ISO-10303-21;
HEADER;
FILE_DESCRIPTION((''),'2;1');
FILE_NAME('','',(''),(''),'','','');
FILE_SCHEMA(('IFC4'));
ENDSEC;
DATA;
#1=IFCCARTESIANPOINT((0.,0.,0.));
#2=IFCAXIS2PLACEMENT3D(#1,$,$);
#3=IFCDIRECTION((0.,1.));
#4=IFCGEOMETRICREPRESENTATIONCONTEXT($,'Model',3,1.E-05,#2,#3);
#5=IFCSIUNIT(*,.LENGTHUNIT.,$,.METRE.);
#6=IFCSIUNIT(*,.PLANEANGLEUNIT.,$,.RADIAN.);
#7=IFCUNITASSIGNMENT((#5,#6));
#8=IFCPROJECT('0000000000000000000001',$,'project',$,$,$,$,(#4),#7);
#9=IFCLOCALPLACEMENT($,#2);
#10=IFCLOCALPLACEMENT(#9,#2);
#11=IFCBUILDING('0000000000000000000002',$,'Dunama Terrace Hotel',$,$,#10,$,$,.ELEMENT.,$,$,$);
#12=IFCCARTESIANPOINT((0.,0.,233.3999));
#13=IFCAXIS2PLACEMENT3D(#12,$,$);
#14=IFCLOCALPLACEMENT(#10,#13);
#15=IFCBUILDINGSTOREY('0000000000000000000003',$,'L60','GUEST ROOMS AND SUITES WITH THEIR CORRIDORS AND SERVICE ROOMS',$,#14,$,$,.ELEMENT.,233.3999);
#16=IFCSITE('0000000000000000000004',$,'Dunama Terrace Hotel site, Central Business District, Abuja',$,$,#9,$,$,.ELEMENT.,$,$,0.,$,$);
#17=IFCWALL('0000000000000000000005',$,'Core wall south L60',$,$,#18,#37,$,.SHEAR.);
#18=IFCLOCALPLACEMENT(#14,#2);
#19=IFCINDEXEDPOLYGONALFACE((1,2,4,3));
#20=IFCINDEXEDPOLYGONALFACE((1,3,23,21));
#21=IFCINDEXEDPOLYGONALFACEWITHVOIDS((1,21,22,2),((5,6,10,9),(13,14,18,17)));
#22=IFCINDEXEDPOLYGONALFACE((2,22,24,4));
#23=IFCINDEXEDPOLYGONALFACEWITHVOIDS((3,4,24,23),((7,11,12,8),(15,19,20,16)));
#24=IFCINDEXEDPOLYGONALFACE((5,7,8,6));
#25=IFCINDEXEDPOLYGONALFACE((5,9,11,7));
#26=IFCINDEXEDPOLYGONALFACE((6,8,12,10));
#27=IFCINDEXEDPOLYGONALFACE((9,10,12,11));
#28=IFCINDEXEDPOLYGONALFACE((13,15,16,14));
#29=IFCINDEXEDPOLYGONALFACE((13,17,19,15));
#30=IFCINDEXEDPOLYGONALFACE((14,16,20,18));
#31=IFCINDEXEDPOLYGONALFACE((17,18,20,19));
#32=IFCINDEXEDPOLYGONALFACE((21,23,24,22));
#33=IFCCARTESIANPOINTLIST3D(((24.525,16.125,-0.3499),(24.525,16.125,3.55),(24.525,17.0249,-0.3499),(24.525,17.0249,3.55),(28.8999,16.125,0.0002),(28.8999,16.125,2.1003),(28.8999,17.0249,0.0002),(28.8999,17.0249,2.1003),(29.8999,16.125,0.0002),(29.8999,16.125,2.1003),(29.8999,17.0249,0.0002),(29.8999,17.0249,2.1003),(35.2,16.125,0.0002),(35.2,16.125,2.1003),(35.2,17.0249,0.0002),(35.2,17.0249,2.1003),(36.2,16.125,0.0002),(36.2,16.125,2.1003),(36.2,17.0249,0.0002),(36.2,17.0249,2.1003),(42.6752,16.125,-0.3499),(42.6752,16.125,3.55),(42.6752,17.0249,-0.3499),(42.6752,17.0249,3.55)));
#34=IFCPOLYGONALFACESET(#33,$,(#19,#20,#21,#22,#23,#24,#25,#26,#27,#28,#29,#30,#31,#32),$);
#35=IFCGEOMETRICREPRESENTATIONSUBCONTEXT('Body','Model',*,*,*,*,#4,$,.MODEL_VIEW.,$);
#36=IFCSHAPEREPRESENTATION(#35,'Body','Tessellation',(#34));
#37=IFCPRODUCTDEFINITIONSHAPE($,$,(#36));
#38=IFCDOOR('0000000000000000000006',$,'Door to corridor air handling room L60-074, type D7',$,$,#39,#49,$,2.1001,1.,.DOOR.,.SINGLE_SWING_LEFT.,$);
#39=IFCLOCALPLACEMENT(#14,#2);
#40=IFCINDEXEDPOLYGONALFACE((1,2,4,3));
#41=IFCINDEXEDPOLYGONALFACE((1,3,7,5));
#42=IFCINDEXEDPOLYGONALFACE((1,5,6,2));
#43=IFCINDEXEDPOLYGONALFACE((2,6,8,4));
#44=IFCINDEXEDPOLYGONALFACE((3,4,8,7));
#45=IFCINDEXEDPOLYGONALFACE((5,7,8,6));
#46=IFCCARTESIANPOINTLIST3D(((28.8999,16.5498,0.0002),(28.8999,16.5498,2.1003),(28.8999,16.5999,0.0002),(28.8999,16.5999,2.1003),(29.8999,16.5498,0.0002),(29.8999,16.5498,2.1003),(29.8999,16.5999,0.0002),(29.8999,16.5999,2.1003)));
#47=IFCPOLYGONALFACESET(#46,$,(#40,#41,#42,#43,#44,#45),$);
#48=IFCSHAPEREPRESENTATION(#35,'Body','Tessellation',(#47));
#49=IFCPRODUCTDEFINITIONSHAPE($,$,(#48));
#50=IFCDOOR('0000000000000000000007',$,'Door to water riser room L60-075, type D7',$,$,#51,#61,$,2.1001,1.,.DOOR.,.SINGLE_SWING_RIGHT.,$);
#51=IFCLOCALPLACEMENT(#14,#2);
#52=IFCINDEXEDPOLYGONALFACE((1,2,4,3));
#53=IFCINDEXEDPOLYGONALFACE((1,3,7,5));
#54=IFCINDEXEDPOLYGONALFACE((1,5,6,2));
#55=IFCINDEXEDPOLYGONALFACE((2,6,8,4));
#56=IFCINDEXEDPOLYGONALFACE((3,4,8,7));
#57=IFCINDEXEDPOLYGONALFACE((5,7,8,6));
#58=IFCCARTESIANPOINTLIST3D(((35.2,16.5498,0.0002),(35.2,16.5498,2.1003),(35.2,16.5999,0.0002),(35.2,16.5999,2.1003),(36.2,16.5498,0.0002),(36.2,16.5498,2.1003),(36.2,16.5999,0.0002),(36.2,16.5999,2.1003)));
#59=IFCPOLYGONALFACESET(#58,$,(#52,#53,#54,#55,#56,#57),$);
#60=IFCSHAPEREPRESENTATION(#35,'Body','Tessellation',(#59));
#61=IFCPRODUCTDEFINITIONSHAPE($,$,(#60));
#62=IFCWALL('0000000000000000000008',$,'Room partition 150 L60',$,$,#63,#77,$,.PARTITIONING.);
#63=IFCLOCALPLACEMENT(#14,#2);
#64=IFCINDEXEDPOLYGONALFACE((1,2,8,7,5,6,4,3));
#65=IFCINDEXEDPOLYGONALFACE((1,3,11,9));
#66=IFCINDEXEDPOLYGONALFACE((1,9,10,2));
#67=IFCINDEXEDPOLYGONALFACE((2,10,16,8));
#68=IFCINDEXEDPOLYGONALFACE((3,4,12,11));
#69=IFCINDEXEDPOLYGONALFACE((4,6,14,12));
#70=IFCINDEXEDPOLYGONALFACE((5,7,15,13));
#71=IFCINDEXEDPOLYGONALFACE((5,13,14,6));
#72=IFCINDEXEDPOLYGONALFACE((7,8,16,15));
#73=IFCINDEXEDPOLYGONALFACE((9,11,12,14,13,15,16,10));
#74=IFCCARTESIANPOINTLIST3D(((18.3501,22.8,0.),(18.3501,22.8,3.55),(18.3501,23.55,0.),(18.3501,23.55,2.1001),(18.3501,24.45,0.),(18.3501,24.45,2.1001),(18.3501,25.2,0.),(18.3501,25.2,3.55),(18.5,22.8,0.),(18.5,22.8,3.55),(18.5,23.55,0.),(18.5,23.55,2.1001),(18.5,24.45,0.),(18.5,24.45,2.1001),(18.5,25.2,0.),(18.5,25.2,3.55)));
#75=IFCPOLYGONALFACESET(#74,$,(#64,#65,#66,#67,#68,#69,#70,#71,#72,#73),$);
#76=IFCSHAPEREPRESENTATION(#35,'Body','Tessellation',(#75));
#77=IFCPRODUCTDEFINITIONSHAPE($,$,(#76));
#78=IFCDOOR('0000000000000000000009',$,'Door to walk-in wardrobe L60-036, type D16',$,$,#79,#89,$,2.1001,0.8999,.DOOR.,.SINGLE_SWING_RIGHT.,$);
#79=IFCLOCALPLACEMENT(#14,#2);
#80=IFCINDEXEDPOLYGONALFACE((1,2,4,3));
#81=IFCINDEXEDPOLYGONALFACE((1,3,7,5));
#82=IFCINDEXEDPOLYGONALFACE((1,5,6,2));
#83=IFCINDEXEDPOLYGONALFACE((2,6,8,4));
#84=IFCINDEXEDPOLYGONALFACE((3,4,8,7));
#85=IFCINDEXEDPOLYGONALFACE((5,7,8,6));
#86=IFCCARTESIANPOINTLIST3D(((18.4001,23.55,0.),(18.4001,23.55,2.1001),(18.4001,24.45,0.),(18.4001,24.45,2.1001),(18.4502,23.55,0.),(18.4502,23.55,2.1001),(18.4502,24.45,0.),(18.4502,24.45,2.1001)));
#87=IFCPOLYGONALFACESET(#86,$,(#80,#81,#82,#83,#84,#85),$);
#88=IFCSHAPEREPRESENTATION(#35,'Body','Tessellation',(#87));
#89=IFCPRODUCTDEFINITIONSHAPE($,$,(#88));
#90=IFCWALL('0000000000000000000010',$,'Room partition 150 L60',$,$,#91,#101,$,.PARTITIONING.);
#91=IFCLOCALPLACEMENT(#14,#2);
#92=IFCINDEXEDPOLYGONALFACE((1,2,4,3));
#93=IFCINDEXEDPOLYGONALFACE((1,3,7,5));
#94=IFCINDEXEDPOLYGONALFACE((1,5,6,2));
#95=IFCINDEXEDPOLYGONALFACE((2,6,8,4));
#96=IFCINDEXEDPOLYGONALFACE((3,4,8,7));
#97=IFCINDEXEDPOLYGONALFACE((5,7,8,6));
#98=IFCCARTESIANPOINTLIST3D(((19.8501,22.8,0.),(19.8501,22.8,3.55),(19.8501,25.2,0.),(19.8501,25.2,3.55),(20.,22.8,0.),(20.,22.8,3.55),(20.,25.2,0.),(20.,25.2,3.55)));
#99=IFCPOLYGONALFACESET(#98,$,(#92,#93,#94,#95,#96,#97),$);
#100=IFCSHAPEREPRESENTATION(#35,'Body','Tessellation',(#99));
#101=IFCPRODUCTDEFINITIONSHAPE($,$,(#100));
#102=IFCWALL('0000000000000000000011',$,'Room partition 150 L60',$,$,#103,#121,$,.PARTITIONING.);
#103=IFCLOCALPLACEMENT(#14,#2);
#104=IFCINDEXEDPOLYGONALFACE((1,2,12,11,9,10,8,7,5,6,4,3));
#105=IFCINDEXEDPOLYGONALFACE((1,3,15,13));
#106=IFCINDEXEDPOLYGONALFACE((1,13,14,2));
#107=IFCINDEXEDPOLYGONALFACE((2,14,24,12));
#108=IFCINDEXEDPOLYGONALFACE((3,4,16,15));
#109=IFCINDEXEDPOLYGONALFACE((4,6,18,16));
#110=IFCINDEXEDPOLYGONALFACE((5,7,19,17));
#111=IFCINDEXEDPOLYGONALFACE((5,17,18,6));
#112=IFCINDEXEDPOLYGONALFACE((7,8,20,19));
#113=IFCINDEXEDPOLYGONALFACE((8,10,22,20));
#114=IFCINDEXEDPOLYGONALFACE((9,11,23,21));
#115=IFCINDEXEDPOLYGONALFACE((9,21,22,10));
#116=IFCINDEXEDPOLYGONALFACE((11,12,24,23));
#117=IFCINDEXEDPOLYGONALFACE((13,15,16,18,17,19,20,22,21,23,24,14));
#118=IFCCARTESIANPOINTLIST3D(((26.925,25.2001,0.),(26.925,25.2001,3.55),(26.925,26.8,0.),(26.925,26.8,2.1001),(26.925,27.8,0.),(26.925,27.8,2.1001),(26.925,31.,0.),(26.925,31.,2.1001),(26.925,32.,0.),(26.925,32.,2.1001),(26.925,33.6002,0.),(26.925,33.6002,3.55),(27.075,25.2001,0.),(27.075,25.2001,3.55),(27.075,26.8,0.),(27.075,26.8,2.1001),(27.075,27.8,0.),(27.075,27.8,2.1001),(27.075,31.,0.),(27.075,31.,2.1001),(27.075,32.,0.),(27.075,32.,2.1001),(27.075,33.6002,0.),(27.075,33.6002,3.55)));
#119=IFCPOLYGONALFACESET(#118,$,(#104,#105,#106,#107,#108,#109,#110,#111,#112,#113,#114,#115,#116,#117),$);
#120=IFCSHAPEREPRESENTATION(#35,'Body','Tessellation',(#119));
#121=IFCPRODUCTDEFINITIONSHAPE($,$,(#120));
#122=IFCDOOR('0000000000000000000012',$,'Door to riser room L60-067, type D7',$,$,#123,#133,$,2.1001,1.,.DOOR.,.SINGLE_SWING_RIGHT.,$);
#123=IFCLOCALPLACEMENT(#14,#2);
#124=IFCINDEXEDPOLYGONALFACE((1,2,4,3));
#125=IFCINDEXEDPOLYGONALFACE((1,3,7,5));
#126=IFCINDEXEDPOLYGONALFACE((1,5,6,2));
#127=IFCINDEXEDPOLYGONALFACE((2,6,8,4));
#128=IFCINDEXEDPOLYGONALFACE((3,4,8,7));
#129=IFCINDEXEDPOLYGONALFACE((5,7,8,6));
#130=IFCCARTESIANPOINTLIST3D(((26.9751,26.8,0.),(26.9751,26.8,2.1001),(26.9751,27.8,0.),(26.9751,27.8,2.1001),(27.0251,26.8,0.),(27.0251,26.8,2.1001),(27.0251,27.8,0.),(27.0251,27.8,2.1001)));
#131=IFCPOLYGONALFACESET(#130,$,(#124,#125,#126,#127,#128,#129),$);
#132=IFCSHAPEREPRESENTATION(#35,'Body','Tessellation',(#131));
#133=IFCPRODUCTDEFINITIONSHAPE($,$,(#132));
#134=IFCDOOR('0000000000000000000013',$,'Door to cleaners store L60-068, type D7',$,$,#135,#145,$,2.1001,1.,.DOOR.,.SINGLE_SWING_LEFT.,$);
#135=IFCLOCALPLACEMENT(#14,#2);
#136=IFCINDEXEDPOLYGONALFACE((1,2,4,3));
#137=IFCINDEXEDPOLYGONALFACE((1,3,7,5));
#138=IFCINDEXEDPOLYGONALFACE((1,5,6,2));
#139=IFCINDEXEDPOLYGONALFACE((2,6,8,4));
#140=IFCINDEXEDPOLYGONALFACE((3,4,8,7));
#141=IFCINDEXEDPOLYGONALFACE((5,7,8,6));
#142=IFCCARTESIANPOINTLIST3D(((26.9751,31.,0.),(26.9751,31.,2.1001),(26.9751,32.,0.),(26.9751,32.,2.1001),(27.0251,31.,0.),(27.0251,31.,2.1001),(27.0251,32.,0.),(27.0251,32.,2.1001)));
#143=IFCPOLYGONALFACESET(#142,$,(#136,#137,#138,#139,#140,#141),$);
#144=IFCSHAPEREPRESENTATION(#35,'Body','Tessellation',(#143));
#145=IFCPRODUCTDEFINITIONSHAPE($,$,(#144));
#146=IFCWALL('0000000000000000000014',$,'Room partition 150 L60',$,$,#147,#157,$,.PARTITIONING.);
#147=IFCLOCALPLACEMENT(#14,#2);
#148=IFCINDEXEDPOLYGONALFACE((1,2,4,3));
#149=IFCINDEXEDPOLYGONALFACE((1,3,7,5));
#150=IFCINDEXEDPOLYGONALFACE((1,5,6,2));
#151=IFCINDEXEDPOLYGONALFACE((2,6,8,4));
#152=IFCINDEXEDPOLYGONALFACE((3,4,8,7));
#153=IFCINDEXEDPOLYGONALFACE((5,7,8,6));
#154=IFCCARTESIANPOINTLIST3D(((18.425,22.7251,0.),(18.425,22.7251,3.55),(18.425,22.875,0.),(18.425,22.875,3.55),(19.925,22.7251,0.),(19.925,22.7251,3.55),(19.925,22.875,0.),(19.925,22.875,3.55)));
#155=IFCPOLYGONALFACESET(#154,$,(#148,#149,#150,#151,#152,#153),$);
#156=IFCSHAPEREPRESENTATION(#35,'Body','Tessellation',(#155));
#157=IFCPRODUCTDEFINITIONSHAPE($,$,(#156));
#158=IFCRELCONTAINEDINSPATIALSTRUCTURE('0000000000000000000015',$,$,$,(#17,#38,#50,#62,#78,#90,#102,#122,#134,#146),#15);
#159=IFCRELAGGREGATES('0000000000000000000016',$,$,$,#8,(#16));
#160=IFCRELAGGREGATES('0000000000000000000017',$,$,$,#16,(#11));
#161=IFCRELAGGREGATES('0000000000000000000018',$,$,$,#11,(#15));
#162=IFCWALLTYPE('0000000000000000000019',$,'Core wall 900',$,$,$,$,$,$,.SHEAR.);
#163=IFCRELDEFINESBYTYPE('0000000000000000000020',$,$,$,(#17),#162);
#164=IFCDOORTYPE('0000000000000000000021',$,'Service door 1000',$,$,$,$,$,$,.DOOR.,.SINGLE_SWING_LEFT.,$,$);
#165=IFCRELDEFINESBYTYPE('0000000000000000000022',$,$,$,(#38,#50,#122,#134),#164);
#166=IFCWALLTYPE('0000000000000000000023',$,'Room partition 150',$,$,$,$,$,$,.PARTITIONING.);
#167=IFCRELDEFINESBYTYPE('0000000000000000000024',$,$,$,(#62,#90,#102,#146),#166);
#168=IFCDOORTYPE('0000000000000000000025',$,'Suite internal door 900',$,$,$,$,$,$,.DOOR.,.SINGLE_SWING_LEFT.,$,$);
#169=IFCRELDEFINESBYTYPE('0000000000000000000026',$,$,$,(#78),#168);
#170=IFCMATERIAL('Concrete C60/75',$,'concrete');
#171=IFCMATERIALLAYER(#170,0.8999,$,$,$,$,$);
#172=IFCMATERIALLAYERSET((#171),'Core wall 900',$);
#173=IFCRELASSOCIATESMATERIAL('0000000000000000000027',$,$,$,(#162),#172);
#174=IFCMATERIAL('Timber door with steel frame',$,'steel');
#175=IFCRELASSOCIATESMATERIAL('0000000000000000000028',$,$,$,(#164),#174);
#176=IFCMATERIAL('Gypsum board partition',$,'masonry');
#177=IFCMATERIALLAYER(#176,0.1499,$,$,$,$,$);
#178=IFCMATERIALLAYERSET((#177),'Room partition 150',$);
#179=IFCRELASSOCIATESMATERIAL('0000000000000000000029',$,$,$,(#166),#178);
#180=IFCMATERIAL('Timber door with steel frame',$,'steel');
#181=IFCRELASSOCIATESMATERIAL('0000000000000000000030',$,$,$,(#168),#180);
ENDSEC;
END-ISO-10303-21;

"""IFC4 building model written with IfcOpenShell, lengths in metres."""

from ifc_helpers import new_model, si_unit, direction, frame, frame_2d, origin, place, context, subcontext, project, spatial, rectangle, extrude, material, layer, layer_set, type_object, element, fill, save


model = new_model("IFC4")

# Units and contexts
model_context = context("Model", 3, precision=1e-05, world=origin(), true_north=direction((0.0, 1.0)))
body_context = subcontext(model_context, "Body", "Model", "MODEL_VIEW")
ifc_project = project(units=[si_unit("LENGTHUNIT", "METRE"), si_unit("PLANEANGLEUNIT", "RADIAN")], contexts=[model_context])

# Site, building, storey
site_placement = place(None, origin())
site = spatial("IfcSite", under=ifc_project, at=site_placement, Name="Dunama Terrace Hotel site, Central Business District, Abuja", CompositionType="ELEMENT", RefElevation=0.0)
building_placement = place(site_placement, origin())
building = spatial("IfcBuilding", under=site, at=building_placement, Name="Dunama Terrace Hotel", CompositionType="ELEMENT")
storey_placement = place(building_placement, frame((0.0, 0.0, 233.3999)))
storey = spatial("IfcBuildingStorey", under=building, at=storey_placement, Name="L60", Description="GUEST ROOMS AND SUITES WITH THEIR CORRIDORS AND SERVICE ROOMS", CompositionType="ELEMENT", Elevation=233.3999)

# Wall, openings, doors
ifc_material_1 = material(Name="Concrete C60/75", Category="concrete")
ifc_layer_1 = layer(ifc_material_1, 0.8999)
ifc_layer_set_1 = layer_set([ifc_layer_1], Name="Core wall 900")
wall_type_1 = type_object("IfcWallType", Name="Core wall 900", PredefinedType="SHEAR", material=ifc_layer_set_1)
wall_1_placement = place(storey_placement, frame((24.5249, 16.575, -0.3499), z_axis=(0.0, 0.0, 1.0), x_axis=(1.0, 0.0, 0.0)))
wall_1 = element("IfcWall", 1, at=wall_1_placement, inside=storey, type_object=wall_type_1, Name="Core wall south L60", PredefinedType="SHEAR", context=body_context, shape_type="SweptSolid", body=[
    extrude(rectangle(XDim=18.1501, YDim=0.8999, at=frame_2d((9.0752, 0.0))), origin(), (0.0, 0.0, 1.0), 3.8999),
])
opening_1_placement = place(wall_1_placement, frame((4.375, 0.0, 0.3501)))
opening_1 = element("IfcOpeningElement", 2, at=opening_1_placement, cuts=wall_1, PredefinedType="OPENING", context=body_context, shape_type="SweptSolid", body=[
    extrude(rectangle(XDim=1.0, YDim=2.1001, at=frame_2d((0.5, 1.05))), frame((0.0, 0.46, 0.0), z_axis=(0.0, -1.0, 0.0), x_axis=(1.0, 0.0, 0.0)), (0.0, 0.0, 1.0), 0.9199),
])
opening_2_placement = place(wall_1_placement, frame((10.675, 0.0, 0.3501)))
opening_2 = element("IfcOpeningElement", 3, at=opening_2_placement, cuts=wall_1, PredefinedType="OPENING", context=body_context, shape_type="SweptSolid", body=[
    extrude(rectangle(XDim=1.0, YDim=2.1001, at=frame_2d((0.5, 1.05))), frame((0.0, 0.46, 0.0), z_axis=(0.0, -1.0, 0.0), x_axis=(1.0, 0.0, 0.0)), (0.0, 0.0, 1.0), 0.9199),
])
ifc_material_2 = material(Name="Timber door with steel frame", Category="steel")
door_type_1 = type_object("IfcDoorType", Name="Service door 1000", OperationType="SINGLE_SWING_LEFT", PredefinedType="DOOR", material=ifc_material_2)
door_1_placement = place(opening_1_placement, origin())
door_1 = element("IfcDoor", 4, at=door_1_placement, inside=storey, type_object=door_type_1, Name="Door to corridor air handling room L60-074, type D7", OperationType="SINGLE_SWING_LEFT", OverallHeight=2.1001, OverallWidth=1.0, PredefinedType="DOOR", context=body_context, shape_type="SweptSolid", body=[
    extrude(rectangle(XDim=1.0, YDim=2.1001, at=frame_2d((0.5, 1.05))), frame((0.0, 0.0249, 0.0), z_axis=(0.0, -1.0, 0.0), x_axis=(1.0, 0.0, 0.0)), (0.0, 0.0, 1.0), 0.05),
])
fill(opening_1, door_1)
door_2_placement = place(opening_2_placement, origin())
door_2 = element("IfcDoor", 5, at=door_2_placement, inside=storey, type_object=door_type_1, Name="Door to water riser room L60-075, type D7", OperationType="SINGLE_SWING_RIGHT", OverallHeight=2.1001, OverallWidth=1.0, PredefinedType="DOOR", context=body_context, shape_type="SweptSolid", body=[
    extrude(rectangle(XDim=1.0, YDim=2.1001, at=frame_2d((0.5, 1.05))), frame((0.0, 0.0249, 0.0), z_axis=(0.0, -1.0, 0.0), x_axis=(1.0, 0.0, 0.0)), (0.0, 0.0, 1.0), 0.05),
])
fill(opening_2, door_2)

# Wall, opening, door
ifc_material_3 = material(Name="Gypsum board partition", Category="masonry")
ifc_layer_2 = layer(ifc_material_3, 0.1499)
ifc_layer_set_2 = layer_set([ifc_layer_2], Name="Room partition 150")
wall_type_2 = type_object("IfcWallType", Name="Room partition 150", PredefinedType="PARTITIONING", material=ifc_layer_set_2)
wall_2_placement = place(storey_placement, frame((18.425, 22.8, 0.0), z_axis=(0.0, 0.0, 1.0), x_axis=(0.0, 1.0, 0.0)))
wall_2 = element("IfcWall", 6, at=wall_2_placement, inside=storey, type_object=wall_type_2, Name="Room partition 150 L60", PredefinedType="PARTITIONING", context=body_context, shape_type="SweptSolid", body=[
    extrude(rectangle(XDim=2.3999, YDim=0.1499, at=frame_2d((1.2, 0.0))), origin(), (0.0, 0.0, 1.0), 3.55),
])
opening_3_placement = place(wall_2_placement, frame((0.75, 0.0, 0.0)))
opening_3 = element("IfcOpeningElement", 7, at=opening_3_placement, cuts=wall_2, PredefinedType="OPENING", context=body_context, shape_type="SweptSolid", body=[
    extrude(rectangle(XDim=0.8999, YDim=2.1001, at=frame_2d((0.45, 1.05))), frame((0.0, 0.085, 0.0), z_axis=(0.0, -1.0, 0.0), x_axis=(1.0, 0.0, 0.0)), (0.0, 0.0, 1.0), 0.1699),
])
ifc_material_4 = material(Name="Timber door with steel frame", Category="steel")
door_type_2 = type_object("IfcDoorType", Name="Suite internal door 900", OperationType="SINGLE_SWING_LEFT", PredefinedType="DOOR", material=ifc_material_4)
door_3_placement = place(opening_3_placement, frame((0.8999, 0.0, 0.0), z_axis=(0.0, 0.0, 1.0), x_axis=(-1.0, 0.0, 0.0)))
door_3 = element("IfcDoor", 8, at=door_3_placement, inside=storey, type_object=door_type_2, Name="Door to walk-in wardrobe L60-036, type D16", OperationType="SINGLE_SWING_RIGHT", OverallHeight=2.1001, OverallWidth=0.8999, PredefinedType="DOOR", context=body_context, shape_type="SweptSolid", body=[
    extrude(rectangle(XDim=0.8999, YDim=2.1001, at=frame_2d((0.45, 1.05))), frame((0.0, 0.0251, 0.0), z_axis=(0.0, -1.0, 0.0), x_axis=(1.0, 0.0, 0.0)), (0.0, 0.0, 1.0), 0.05),
])
fill(opening_3, door_3)

# Wall
wall_3_placement = place(storey_placement, frame((19.925, 22.8, 0.0), z_axis=(0.0, 0.0, 1.0), x_axis=(0.0, 1.0, 0.0)))
element("IfcWall", 9, at=wall_3_placement, inside=storey, type_object=wall_type_2, Name="Room partition 150 L60", PredefinedType="PARTITIONING", context=body_context, shape_type="SweptSolid", body=[
    extrude(rectangle(XDim=2.3999, YDim=0.1499, at=frame_2d((1.2, 0.0))), origin(), (0.0, 0.0, 1.0), 3.55),
])

# Wall, openings, doors
wall_4_placement = place(storey_placement, frame((27.0, 25.2, 0.0), z_axis=(0.0, 0.0, 1.0), x_axis=(0.0, 1.0, 0.0)))
wall_4 = element("IfcWall", 10, at=wall_4_placement, inside=storey, type_object=wall_type_2, Name="Room partition 150 L60", PredefinedType="PARTITIONING", context=body_context, shape_type="SweptSolid", body=[
    extrude(rectangle(XDim=8.4001, YDim=0.1499, at=frame_2d((4.2002, 0.0))), origin(), (0.0, 0.0, 1.0), 3.55),
])
opening_4_placement = place(wall_4_placement, frame((1.6001, 0.0, 0.0)))
opening_4 = element("IfcOpeningElement", 11, at=opening_4_placement, cuts=wall_4, PredefinedType="OPENING", context=body_context, shape_type="SweptSolid", body=[
    extrude(rectangle(XDim=1.0, YDim=2.1001, at=frame_2d((0.5, 1.05))), frame((0.0, 0.085, 0.0), z_axis=(0.0, -1.0, 0.0), x_axis=(1.0, 0.0, 0.0)), (0.0, 0.0, 1.0), 0.1699),
])
opening_5_placement = place(wall_4_placement, frame((5.8, 0.0, 0.0)))
opening_5 = element("IfcOpeningElement", 12, at=opening_5_placement, cuts=wall_4, PredefinedType="OPENING", context=body_context, shape_type="SweptSolid", body=[
    extrude(rectangle(XDim=1.0, YDim=2.1001, at=frame_2d((0.5, 1.05))), frame((0.0, 0.085, 0.0), z_axis=(0.0, -1.0, 0.0), x_axis=(1.0, 0.0, 0.0)), (0.0, 0.0, 1.0), 0.1699),
])
door_4_placement = place(opening_4_placement, frame((1.0, 0.0, 0.0), z_axis=(0.0, 0.0, 1.0), x_axis=(-1.0, 0.0, 0.0)))
door_4 = element("IfcDoor", 13, at=door_4_placement, inside=storey, type_object=door_type_1, Name="Door to riser room L60-067, type D7", OperationType="SINGLE_SWING_RIGHT", OverallHeight=2.1001, OverallWidth=1.0, PredefinedType="DOOR", context=body_context, shape_type="SweptSolid", body=[
    extrude(rectangle(XDim=1.0, YDim=2.1001, at=frame_2d((0.5, 1.05))), frame((0.0, 0.0251, 0.0), z_axis=(0.0, -1.0, 0.0), x_axis=(1.0, 0.0, 0.0)), (0.0, 0.0, 1.0), 0.05),
])
fill(opening_4, door_4)
door_5_placement = place(opening_5_placement, frame((1.0, 0.0, 0.0), z_axis=(0.0, 0.0, 1.0), x_axis=(-1.0, 0.0, 0.0)))
door_5 = element("IfcDoor", 14, at=door_5_placement, inside=storey, type_object=door_type_1, Name="Door to cleaners store L60-068, type D7", OperationType="SINGLE_SWING_LEFT", OverallHeight=2.1001, OverallWidth=1.0, PredefinedType="DOOR", context=body_context, shape_type="SweptSolid", body=[
    extrude(rectangle(XDim=1.0, YDim=2.1001, at=frame_2d((0.5, 1.05))), frame((0.0, 0.0251, 0.0), z_axis=(0.0, -1.0, 0.0), x_axis=(1.0, 0.0, 0.0)), (0.0, 0.0, 1.0), 0.05),
])
fill(opening_5, door_5)

# Wall
wall_5_placement = place(storey_placement, frame((18.425, 22.8, 0.0), z_axis=(0.0, 0.0, 1.0), x_axis=(1.0, 0.0, 0.0)))
element("IfcWall", 15, at=wall_5_placement, inside=storey, type_object=wall_type_2, Name="Room partition 150 L60", PredefinedType="PARTITIONING", context=body_context, shape_type="SweptSolid", body=[
    extrude(rectangle(XDim=1.5, YDim=0.1499, at=frame_2d((0.75, 0.0))), origin(), (0.0, 0.0, 1.0), 3.55),
])

save(model, "model.ifc")
